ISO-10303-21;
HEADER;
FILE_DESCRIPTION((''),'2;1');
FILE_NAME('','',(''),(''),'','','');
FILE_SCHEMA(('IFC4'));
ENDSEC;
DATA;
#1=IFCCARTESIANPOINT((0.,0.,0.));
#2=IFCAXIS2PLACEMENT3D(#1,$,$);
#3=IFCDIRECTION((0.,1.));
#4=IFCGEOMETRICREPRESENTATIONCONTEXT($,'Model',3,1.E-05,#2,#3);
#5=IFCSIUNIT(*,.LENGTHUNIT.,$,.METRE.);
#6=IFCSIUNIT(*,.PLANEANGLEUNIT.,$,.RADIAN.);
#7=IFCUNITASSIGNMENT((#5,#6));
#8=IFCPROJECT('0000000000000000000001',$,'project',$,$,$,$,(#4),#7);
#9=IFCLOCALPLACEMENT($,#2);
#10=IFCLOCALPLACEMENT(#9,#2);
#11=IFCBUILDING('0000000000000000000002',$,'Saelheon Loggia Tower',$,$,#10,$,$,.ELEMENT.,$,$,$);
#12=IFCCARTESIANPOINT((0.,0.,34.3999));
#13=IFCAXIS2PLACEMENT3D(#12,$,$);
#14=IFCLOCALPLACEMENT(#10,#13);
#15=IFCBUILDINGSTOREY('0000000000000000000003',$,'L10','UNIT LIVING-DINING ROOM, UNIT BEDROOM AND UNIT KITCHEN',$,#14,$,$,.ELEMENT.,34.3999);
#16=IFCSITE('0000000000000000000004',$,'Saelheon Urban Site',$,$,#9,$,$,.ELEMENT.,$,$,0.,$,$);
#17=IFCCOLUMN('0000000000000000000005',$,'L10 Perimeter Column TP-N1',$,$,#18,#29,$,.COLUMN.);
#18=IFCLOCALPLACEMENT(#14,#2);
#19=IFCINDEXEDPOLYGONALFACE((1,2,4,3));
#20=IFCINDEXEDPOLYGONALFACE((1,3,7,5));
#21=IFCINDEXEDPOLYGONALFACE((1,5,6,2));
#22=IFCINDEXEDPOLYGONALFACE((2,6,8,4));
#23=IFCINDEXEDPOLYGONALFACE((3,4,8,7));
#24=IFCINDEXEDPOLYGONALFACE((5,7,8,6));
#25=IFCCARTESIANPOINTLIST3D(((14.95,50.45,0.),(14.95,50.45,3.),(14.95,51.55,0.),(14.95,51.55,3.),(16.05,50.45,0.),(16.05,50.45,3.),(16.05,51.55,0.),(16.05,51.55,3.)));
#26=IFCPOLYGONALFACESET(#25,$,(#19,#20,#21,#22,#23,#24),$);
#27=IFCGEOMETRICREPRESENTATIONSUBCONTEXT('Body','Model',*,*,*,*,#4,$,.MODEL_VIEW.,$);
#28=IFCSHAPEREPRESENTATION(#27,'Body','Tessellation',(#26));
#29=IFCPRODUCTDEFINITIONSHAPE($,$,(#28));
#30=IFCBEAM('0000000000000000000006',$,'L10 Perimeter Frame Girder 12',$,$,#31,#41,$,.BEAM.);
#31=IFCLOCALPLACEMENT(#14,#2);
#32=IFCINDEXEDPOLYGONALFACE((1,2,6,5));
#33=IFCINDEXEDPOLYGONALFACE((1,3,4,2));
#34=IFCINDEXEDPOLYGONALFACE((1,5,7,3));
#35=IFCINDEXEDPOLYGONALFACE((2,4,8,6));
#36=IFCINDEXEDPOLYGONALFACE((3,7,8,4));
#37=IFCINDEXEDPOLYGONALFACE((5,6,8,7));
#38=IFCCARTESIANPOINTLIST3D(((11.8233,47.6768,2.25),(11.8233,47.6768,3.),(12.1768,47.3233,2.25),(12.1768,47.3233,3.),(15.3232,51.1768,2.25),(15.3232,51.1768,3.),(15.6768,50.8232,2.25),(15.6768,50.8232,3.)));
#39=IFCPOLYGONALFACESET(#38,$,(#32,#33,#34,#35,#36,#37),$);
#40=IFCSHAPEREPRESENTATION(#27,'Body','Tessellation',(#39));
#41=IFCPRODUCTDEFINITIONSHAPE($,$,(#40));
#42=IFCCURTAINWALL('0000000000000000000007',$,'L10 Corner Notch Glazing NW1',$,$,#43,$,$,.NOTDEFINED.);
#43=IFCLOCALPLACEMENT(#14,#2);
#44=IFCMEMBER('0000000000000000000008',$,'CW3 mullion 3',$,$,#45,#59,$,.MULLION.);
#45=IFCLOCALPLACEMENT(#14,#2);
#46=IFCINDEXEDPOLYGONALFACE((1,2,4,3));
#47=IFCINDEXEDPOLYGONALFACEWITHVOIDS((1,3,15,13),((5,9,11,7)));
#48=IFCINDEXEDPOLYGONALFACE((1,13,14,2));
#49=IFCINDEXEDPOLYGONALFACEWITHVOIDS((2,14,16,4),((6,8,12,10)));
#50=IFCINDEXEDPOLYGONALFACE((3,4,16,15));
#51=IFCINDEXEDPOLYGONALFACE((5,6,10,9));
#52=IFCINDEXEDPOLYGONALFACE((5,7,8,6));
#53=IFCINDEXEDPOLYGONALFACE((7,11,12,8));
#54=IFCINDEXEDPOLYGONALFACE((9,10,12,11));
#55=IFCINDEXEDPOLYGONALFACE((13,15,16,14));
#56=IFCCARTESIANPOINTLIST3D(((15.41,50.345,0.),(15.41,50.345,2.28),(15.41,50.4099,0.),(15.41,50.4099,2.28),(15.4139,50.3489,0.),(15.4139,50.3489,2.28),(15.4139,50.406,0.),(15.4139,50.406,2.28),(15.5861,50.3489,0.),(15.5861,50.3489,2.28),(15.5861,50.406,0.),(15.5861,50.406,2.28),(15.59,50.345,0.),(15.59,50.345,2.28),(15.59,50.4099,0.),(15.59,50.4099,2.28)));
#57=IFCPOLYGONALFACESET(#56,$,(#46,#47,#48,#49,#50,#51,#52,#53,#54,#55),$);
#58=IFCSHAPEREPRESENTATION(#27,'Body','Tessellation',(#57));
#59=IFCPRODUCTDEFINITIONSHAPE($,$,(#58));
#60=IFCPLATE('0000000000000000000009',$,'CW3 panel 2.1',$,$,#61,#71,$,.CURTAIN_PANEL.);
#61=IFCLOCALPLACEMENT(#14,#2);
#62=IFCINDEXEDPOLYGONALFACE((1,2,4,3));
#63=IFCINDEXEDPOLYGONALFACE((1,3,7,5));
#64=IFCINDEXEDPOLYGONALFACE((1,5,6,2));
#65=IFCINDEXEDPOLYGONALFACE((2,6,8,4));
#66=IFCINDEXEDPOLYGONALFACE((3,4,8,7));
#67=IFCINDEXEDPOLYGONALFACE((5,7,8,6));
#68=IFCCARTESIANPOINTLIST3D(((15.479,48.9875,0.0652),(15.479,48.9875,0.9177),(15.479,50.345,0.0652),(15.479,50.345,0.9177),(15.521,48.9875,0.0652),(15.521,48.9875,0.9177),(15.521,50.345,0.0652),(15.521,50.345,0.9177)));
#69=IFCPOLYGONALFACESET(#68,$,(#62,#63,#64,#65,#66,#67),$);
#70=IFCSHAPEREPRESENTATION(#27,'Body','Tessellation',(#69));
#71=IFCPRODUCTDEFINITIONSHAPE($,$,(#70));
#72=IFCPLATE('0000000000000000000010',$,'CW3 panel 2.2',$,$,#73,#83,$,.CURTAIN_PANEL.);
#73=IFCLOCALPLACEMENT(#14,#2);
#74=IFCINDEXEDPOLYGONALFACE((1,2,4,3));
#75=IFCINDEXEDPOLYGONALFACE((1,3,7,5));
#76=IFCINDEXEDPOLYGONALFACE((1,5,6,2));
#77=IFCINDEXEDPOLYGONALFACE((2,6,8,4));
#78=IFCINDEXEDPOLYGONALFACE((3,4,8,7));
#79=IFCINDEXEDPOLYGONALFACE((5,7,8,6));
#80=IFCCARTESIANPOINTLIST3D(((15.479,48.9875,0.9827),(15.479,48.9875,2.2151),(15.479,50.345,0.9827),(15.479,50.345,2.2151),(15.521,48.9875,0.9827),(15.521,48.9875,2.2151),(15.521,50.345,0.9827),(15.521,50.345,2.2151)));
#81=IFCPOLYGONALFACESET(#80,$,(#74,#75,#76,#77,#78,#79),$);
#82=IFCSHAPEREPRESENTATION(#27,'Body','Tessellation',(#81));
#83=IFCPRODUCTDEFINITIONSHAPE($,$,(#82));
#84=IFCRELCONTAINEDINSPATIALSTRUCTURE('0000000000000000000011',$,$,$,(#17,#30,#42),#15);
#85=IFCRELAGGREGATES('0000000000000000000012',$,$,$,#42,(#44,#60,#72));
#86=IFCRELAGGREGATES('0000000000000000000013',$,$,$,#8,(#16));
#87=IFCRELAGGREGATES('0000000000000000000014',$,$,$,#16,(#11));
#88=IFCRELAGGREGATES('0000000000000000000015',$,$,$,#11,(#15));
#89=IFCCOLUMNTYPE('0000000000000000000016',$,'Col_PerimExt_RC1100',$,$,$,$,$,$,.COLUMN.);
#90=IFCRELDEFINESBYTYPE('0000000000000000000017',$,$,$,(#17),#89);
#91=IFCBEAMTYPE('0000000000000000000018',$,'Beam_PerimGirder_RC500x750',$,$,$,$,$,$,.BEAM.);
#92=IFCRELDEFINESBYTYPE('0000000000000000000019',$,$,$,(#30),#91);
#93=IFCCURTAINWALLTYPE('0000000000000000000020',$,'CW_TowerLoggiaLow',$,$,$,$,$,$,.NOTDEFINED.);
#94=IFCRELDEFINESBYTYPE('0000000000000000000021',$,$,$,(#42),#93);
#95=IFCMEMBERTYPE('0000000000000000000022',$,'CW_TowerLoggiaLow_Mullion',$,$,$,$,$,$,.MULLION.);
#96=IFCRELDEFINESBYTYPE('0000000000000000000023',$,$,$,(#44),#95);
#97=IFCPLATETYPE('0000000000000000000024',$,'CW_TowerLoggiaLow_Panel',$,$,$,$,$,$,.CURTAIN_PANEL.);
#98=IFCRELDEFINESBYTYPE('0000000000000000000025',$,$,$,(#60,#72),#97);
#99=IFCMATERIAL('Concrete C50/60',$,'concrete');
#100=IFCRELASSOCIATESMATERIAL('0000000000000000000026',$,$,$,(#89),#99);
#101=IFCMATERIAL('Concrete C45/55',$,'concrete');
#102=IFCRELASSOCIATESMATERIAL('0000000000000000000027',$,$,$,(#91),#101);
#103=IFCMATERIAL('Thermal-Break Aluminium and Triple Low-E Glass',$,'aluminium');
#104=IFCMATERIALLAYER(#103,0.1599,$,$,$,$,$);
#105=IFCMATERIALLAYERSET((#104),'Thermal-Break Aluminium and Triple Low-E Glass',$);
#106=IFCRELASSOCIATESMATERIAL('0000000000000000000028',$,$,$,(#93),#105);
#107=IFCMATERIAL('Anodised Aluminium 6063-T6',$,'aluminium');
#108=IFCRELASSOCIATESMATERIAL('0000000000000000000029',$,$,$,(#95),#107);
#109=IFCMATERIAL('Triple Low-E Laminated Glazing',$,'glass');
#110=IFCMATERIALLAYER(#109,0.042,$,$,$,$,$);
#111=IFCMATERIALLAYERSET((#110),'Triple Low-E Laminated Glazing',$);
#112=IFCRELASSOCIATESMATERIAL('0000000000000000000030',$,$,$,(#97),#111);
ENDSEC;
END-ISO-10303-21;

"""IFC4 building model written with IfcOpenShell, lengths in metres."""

from ifc_helpers import new_model, si_unit, direction, frame, origin, origin_2d, place, context, subcontext, project, spatial, rectangle, hollow_rectangle, extrude, source, transform, mapped, material, layer, layer_set, material_profile, profile_set, type_object, element, aggregate, save


model = new_model("IFC4")

# Units and contexts
model_context = context("Model", 3, precision=1e-05, world=origin(), true_north=direction((0.0, 1.0)))
body_context = subcontext(model_context, "Body", "Model", "MODEL_VIEW")
ifc_project = project(units=[si_unit("LENGTHUNIT", "METRE"), si_unit("PLANEANGLEUNIT", "RADIAN")], contexts=[model_context])

# Site, building, storey
site_placement = place(None, origin())
site = spatial("IfcSite", under=ifc_project, at=site_placement, Name="Saelheon Urban Site", CompositionType="ELEMENT", RefElevation=0.0)
building_placement = place(site_placement, origin())
building = spatial("IfcBuilding", under=site, at=building_placement, Name="Saelheon Loggia Tower", CompositionType="ELEMENT")
storey_placement = place(building_placement, frame((0.0, 0.0, 34.3999)))
storey = spatial("IfcBuildingStorey", under=building, at=storey_placement, Name="L10", Description="UNIT LIVING-DINING ROOM, UNIT BEDROOM AND UNIT KITCHEN", CompositionType="ELEMENT", Elevation=34.3999)

# Column
ifc_material_1 = material(Name="Concrete C50/60", Category="concrete")
ifc_material_profile_1 = material_profile(ifc_material_1, rectangle(XDim=1.1001, YDim=1.1001, at=origin_2d()), Name="RC-1100x1100")
ifc_profile_set_1 = profile_set([ifc_material_profile_1], Name="Concrete C50/60")
column_type = type_object("IfcColumnType", Name="Col_PerimExt_RC1100", PredefinedType="COLUMN", material=ifc_profile_set_1)
shared_shape_1 = source(origin(), body_context, "Body", "SweptSolid", [
    extrude(rectangle(XDim=1.1001, YDim=1.1001, at=origin_2d()), origin(), (0.0, 0.0, 1.0), 3.0),
])
column_placement = place(storey_placement, frame((15.5, 51.0, 0.0), z_axis=(0.0, 0.0, 1.0), x_axis=(1.0, 0.0, 0.0)))
element("IfcColumn", 1, at=column_placement, inside=storey, type_object=column_type, Name="L10 Perimeter Column TP-N1", PredefinedType="COLUMN", context=body_context, shape_type="MappedRepresentation", body=[
    mapped(shared_shape_1, transform((0.0, 0.0, 0.0), scale=1.0)),
])

# Beam
ifc_material_2 = material(Name="Concrete C45/55", Category="concrete")
ifc_material_profile_2 = material_profile(ifc_material_2, rectangle(XDim=0.5, YDim=0.75, at=origin_2d()), Name="RC-500x750")
ifc_profile_set_2 = profile_set([ifc_material_profile_2], Name="Concrete C45/55")
beam_type = type_object("IfcBeamType", Name="Beam_PerimGirder_RC500x750", PredefinedType="BEAM", material=ifc_profile_set_2)
shared_shape_2 = source(origin(), body_context, "Body", "SweptSolid", [
    extrude(rectangle(XDim=0.5, YDim=0.75, at=origin_2d()), origin(), (0.0, 0.0, 1.0), 4.9497),
])
beam_placement = place(storey_placement, frame((15.5, 51.0, 2.625), z_axis=(-0.707107, -0.707107, 0.0), x_axis=(0.707107, -0.707107, 0.0)))
element("IfcBeam", 2, at=beam_placement, inside=storey, type_object=beam_type, Name="L10 Perimeter Frame Girder 12", PredefinedType="BEAM", context=body_context, shape_type="MappedRepresentation", body=[
    mapped(shared_shape_2, transform((0.0, 0.0, 0.0), scale=1.0)),
])

# Curtain wall, member, plates
ifc_material_3 = material(Name="Thermal-Break Aluminium and Triple Low-E Glass", Category="aluminium")
ifc_layer_1 = layer(ifc_material_3, 0.1599)
ifc_layer_set_1 = layer_set([ifc_layer_1], Name="Thermal-Break Aluminium and Triple Low-E Glass")
curtain_wall_type = type_object("IfcCurtainWallType", Name="CW_TowerLoggiaLow", PredefinedType="NOTDEFINED", material=ifc_layer_set_1)
curtain_wall_placement = place(storey_placement, origin())
curtain_wall = element("IfcCurtainWall", 3, at=curtain_wall_placement, inside=storey, type_object=curtain_wall_type, Name="L10 Corner Notch Glazing NW1", PredefinedType="NOTDEFINED")
ifc_material_4 = material(Name="Anodised Aluminium 6063-T6", Category="aluminium")
ifc_material_profile_3 = material_profile(ifc_material_4, hollow_rectangle(XDim=0.0649, YDim=0.1799, WallThickness=0.0039, at=origin_2d()), Name="RHS-180x65x4")
ifc_profile_set_3 = profile_set([ifc_material_profile_3], Name="Anodised Aluminium 6063-T6")
member_type = type_object("IfcMemberType", Name="CW_TowerLoggiaLow_Mullion", PredefinedType="MULLION", material=ifc_profile_set_3)
shared_shape_3 = source(origin(), body_context, "Body", "SweptSolid", [
    extrude(hollow_rectangle(XDim=0.0649, YDim=0.1799, WallThickness=0.0039, at=origin_2d()), origin(), (0.0, 0.0, 1.0), 2.28),
])
member_placement = place(storey_placement, frame((15.5, 50.3774, 0.0), z_axis=(0.0, 0.0, 1.0), x_axis=(0.0, 1.0, 0.0)))
member = element("IfcMember", 4, at=member_placement, type_object=member_type, Name="CW3 mullion 3", PredefinedType="MULLION", context=body_context, shape_type="MappedRepresentation", body=[
    mapped(shared_shape_3, transform((0.0, 0.0, 0.0), scale=1.0)),
])
ifc_material_5 = material(Name="Triple Low-E Laminated Glazing", Category="glass")
ifc_layer_2 = layer(ifc_material_5, 0.042)
ifc_layer_set_2 = layer_set([ifc_layer_2], Name="Triple Low-E Laminated Glazing")
plate_type = type_object("IfcPlateType", Name="CW_TowerLoggiaLow_Panel", PredefinedType="CURTAIN_PANEL", material=ifc_layer_set_2)
shared_shape_4 = source(origin(), body_context, "Body", "SweptSolid", [
    extrude(rectangle(XDim=1.3574, YDim=0.042, at=origin_2d()), origin(), (0.0, 0.0, 1.0), 0.8525),
])
plate_1_placement = place(storey_placement, frame((15.5, 49.6663, 0.0652), z_axis=(0.0, 0.0, 1.0), x_axis=(0.0, 1.0, 0.0)))
plate_1 = element("IfcPlate", 5, at=plate_1_placement, type_object=plate_type, Name="CW3 panel 2.1", PredefinedType="CURTAIN_PANEL", context=body_context, shape_type="MappedRepresentation", body=[
    mapped(shared_shape_4, transform((0.0, 0.0, 0.0), scale=1.0)),
])
shared_shape_5 = source(origin(), body_context, "Body", "SweptSolid", [
    extrude(rectangle(XDim=1.3574, YDim=0.042, at=origin_2d()), origin(), (0.0, 0.0, 1.0), 1.2324),
])
plate_2_placement = place(storey_placement, frame((15.5, 49.6663, 0.9827), z_axis=(0.0, 0.0, 1.0), x_axis=(0.0, 1.0, 0.0)))
plate_2 = element("IfcPlate", 6, at=plate_2_placement, type_object=plate_type, Name="CW3 panel 2.2", PredefinedType="CURTAIN_PANEL", context=body_context, shape_type="MappedRepresentation", body=[
    mapped(shared_shape_5, transform((0.0, 0.0, 0.0), scale=1.0)),
])
aggregate(curtain_wall, [member, plate_1, plate_2])

save(model, "model.ifc")
